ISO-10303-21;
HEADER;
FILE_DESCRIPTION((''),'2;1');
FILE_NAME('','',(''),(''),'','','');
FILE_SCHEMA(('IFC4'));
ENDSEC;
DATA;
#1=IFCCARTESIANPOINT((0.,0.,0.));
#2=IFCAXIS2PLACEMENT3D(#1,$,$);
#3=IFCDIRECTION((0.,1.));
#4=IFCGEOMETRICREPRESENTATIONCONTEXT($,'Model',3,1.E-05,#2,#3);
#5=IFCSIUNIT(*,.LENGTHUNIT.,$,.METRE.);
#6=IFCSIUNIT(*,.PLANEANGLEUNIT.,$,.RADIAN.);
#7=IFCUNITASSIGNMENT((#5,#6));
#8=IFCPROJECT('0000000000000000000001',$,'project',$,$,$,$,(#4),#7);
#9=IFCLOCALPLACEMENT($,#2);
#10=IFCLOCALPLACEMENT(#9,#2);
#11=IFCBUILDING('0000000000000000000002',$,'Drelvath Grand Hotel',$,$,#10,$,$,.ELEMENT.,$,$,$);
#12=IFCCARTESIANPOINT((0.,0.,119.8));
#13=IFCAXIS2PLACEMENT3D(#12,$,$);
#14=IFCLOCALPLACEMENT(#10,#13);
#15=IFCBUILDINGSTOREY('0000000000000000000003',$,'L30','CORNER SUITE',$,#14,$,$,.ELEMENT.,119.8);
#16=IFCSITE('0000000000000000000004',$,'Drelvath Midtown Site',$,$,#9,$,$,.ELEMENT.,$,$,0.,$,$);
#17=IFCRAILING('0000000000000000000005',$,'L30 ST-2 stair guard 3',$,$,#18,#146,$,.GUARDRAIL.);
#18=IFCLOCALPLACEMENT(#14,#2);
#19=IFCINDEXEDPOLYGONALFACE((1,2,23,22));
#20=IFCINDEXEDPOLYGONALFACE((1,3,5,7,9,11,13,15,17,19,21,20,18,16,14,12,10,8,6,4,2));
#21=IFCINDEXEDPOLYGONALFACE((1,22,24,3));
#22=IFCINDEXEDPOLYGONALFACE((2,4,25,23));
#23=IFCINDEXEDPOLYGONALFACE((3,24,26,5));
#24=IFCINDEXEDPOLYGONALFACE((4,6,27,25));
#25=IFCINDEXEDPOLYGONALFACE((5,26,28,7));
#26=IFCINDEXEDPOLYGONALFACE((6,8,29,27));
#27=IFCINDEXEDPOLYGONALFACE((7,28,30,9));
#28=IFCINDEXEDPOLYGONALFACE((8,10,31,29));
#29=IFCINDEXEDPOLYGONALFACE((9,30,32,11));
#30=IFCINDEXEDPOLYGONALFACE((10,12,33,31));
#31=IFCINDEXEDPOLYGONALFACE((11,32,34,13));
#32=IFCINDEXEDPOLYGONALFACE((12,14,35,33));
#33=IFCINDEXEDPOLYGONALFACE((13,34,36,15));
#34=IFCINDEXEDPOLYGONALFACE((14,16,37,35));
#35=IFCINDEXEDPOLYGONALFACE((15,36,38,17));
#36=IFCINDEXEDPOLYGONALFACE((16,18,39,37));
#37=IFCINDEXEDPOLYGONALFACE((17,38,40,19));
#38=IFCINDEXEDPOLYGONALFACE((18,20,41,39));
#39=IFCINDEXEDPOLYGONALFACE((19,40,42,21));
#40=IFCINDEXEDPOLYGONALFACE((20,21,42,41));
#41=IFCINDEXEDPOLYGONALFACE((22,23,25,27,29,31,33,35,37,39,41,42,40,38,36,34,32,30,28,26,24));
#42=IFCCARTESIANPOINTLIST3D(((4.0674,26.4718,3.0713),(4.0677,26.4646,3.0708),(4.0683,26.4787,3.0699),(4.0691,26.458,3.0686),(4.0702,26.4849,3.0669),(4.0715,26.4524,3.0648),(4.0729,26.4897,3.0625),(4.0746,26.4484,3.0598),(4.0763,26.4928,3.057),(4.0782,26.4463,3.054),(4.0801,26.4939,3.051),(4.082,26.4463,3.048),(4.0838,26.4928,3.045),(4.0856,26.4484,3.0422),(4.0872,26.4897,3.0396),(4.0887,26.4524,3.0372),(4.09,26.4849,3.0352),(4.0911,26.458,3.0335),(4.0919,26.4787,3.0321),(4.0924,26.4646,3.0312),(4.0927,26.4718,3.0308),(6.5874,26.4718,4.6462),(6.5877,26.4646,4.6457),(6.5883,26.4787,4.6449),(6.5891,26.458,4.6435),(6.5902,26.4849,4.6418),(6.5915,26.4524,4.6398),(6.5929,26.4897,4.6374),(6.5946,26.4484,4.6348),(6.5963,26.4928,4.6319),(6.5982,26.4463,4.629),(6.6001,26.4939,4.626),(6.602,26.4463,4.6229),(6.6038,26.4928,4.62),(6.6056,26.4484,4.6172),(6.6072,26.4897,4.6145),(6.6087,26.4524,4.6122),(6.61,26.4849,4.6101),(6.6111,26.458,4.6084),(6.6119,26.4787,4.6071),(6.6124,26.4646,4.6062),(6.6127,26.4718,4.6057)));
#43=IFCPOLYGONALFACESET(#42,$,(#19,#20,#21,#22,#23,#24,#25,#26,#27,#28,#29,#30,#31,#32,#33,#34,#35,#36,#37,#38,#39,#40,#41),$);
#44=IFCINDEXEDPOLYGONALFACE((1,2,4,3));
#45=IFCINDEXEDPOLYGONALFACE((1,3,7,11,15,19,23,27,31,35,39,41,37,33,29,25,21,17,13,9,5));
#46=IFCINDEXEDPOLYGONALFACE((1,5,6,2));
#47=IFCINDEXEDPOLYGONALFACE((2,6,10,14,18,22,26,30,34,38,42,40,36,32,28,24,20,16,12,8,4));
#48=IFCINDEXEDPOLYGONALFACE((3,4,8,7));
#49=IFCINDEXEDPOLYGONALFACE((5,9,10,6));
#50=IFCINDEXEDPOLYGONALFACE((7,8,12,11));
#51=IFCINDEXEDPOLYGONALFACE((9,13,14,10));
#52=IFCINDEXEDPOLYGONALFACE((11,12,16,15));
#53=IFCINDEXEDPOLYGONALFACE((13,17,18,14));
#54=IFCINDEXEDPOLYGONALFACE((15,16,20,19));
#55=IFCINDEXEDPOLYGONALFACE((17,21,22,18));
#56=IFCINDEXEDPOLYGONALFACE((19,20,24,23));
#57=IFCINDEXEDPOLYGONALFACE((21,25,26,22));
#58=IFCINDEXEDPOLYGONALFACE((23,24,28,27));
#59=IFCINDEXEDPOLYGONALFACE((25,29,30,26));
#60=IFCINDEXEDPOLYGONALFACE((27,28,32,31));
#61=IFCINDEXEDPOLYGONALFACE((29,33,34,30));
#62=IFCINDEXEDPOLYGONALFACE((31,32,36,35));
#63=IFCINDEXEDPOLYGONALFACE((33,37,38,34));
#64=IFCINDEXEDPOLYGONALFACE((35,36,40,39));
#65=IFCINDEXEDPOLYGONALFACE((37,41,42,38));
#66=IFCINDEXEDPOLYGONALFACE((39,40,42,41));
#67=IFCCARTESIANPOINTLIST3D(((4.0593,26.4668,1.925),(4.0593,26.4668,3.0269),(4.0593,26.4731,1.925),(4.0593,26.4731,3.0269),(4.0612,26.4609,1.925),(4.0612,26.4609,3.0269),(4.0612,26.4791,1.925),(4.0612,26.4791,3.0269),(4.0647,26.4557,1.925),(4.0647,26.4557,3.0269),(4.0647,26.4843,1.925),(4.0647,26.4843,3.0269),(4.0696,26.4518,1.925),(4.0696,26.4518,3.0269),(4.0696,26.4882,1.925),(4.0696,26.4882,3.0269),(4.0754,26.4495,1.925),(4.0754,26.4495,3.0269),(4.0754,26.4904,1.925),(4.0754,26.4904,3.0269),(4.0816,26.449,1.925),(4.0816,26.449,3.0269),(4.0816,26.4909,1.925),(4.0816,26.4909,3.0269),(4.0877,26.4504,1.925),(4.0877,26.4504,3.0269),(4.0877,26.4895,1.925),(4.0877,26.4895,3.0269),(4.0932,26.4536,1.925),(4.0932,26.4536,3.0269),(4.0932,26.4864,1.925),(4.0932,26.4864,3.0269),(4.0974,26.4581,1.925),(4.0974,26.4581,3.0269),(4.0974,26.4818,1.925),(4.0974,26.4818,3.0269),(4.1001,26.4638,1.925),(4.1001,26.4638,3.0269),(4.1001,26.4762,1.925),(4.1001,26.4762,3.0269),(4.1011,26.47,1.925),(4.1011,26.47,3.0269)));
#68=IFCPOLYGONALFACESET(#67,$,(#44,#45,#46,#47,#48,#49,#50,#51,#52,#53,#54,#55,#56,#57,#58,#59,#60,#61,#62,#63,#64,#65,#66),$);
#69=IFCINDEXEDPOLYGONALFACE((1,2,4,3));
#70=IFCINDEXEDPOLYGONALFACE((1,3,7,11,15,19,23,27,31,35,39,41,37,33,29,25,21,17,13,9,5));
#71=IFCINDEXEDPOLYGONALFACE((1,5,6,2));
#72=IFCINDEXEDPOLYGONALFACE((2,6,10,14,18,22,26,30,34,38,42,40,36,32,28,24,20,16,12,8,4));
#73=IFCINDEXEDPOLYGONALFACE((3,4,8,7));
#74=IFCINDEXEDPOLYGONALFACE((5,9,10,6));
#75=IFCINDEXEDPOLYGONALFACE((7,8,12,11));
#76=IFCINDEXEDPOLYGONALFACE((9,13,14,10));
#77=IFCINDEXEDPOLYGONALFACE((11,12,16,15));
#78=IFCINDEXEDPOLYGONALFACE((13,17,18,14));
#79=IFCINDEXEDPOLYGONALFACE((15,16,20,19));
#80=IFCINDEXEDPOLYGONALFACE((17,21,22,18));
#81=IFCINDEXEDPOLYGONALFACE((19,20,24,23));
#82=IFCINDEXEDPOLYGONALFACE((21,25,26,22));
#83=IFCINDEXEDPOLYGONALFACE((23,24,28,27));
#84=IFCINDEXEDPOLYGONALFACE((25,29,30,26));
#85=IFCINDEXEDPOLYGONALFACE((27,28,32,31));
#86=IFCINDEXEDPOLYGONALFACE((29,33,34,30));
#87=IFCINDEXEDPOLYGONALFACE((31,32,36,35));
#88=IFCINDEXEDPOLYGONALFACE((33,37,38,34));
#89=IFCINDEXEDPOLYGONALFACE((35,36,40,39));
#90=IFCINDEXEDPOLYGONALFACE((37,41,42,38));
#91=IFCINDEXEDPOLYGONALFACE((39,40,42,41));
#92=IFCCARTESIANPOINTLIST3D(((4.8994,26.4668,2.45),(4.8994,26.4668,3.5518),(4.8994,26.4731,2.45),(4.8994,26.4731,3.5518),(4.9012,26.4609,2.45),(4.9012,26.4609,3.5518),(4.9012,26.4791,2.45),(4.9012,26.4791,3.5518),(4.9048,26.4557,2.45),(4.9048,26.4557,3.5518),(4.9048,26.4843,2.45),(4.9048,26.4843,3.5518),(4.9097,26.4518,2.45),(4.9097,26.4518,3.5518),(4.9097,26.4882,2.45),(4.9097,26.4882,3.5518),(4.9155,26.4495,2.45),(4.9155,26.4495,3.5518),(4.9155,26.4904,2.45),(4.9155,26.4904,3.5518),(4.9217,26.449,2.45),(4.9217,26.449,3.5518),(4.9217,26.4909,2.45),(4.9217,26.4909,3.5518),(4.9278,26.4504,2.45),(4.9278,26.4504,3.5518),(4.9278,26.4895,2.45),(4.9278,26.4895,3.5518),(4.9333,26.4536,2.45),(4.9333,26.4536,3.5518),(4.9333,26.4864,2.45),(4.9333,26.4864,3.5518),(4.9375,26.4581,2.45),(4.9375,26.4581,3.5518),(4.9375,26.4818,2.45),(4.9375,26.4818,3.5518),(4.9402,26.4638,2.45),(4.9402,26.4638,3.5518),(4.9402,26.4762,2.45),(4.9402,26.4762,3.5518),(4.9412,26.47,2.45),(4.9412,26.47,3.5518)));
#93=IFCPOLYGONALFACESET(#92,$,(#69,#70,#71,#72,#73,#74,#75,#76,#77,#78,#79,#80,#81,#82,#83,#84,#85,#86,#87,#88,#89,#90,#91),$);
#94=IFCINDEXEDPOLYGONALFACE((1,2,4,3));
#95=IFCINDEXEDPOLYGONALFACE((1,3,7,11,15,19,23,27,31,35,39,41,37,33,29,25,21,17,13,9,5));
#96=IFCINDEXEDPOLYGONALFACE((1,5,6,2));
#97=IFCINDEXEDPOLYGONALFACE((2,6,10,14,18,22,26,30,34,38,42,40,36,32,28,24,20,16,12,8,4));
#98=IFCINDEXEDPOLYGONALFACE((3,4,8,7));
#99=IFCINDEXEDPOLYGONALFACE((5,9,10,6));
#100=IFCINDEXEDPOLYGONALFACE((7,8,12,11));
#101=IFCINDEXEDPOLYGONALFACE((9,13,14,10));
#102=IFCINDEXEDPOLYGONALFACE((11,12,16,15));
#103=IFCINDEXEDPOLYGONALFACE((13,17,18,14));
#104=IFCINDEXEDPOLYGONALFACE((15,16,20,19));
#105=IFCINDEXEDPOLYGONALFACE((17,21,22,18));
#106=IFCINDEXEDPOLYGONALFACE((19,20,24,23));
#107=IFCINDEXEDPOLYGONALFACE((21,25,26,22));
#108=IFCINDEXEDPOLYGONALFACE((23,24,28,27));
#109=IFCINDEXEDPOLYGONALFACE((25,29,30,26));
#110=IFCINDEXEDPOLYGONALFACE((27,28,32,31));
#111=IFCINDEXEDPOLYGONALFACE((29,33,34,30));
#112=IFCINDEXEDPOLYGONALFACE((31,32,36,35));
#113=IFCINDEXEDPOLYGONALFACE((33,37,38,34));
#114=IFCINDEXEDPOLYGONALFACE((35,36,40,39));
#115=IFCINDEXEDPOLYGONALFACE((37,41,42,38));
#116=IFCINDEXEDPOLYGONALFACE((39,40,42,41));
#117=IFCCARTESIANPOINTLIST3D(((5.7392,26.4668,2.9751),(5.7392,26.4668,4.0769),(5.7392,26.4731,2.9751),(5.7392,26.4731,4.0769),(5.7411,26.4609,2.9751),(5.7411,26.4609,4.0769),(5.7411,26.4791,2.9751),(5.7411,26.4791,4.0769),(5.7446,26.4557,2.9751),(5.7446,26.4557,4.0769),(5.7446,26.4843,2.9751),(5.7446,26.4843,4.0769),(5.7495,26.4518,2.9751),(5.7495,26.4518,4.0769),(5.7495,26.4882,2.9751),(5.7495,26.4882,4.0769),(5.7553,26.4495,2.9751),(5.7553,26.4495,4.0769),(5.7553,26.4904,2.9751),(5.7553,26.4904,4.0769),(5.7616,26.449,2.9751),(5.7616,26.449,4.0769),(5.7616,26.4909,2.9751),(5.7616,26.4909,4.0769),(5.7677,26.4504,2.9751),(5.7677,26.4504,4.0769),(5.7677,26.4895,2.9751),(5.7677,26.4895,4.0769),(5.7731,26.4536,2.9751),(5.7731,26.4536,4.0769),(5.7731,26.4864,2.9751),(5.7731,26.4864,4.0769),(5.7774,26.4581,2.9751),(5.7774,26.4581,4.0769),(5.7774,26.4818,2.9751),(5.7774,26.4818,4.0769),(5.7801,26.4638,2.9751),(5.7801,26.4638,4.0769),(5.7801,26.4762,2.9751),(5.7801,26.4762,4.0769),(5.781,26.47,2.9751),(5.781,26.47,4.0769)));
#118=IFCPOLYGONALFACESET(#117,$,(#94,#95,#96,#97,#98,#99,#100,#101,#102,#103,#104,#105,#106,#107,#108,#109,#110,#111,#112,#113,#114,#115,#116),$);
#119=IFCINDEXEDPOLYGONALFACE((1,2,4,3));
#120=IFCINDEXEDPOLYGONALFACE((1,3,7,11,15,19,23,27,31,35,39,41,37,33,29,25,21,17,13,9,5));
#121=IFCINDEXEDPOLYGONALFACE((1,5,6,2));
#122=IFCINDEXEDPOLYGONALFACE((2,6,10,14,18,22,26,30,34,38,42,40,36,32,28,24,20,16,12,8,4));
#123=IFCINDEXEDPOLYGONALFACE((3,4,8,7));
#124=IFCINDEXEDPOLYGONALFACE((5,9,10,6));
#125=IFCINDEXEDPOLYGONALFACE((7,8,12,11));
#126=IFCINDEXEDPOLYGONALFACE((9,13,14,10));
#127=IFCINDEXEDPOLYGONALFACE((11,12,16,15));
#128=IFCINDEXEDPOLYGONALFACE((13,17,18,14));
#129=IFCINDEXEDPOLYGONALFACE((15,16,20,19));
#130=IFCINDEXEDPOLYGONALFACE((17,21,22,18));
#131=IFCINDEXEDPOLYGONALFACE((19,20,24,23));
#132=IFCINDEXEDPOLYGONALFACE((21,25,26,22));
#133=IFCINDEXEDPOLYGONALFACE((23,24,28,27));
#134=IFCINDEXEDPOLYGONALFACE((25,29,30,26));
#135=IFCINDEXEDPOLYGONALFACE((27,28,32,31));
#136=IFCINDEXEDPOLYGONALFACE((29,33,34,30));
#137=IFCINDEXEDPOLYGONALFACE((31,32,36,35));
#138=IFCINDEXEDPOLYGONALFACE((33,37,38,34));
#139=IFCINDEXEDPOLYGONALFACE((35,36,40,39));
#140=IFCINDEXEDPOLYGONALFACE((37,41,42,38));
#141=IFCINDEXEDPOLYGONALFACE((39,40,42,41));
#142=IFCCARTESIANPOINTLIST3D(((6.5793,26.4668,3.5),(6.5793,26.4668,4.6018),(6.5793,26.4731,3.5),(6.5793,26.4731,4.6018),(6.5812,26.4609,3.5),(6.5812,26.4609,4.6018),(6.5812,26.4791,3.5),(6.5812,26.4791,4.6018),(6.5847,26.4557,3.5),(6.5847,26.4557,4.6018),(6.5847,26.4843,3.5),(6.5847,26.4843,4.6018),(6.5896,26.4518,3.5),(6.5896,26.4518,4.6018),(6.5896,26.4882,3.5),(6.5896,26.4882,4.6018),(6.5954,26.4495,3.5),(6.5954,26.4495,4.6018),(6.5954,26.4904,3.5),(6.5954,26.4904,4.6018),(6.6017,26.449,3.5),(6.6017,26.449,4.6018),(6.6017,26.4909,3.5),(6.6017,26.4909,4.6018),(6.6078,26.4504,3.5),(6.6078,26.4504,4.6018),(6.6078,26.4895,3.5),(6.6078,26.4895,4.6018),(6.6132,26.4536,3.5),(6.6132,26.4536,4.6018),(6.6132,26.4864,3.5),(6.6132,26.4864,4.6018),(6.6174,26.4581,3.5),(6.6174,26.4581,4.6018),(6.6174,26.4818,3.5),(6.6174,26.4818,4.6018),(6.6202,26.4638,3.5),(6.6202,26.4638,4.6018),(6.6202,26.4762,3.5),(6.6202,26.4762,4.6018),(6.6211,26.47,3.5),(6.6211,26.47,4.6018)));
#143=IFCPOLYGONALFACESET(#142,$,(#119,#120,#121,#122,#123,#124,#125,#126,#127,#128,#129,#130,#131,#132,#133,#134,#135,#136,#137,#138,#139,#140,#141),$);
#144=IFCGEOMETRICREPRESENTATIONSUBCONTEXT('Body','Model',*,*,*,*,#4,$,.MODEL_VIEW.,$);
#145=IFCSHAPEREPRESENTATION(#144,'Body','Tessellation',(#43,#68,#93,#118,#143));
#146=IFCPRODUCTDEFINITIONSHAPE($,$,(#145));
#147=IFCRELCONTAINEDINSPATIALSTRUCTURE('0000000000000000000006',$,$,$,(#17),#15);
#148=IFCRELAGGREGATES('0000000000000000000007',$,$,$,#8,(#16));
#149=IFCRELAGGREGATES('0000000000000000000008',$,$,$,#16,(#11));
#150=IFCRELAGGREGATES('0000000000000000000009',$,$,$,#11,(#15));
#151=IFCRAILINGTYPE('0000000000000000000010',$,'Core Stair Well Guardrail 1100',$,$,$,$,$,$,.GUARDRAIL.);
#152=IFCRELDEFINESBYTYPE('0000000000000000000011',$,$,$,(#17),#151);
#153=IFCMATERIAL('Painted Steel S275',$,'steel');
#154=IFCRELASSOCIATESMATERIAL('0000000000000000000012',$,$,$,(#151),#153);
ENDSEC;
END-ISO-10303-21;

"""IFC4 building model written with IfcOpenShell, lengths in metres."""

from ifc_helpers import new_model, si_unit, direction, frame, origin, origin_2d, place, context, subcontext, project, spatial, circle, extrude, material, type_object, element, save


model = new_model("IFC4")

# Units and contexts
model_context = context("Model", 3, precision=1e-05, world=origin(), true_north=direction((0.0, 1.0)))
body_context = subcontext(model_context, "Body", "Model", "MODEL_VIEW")
ifc_project = project(units=[si_unit("LENGTHUNIT", "METRE"), si_unit("PLANEANGLEUNIT", "RADIAN")], contexts=[model_context])

# Site, building, storey
site_placement = place(None, origin())
site = spatial("IfcSite", under=ifc_project, at=site_placement, Name="Drelvath Midtown Site", CompositionType="ELEMENT", RefElevation=0.0)
building_placement = place(site_placement, origin())
building = spatial("IfcBuilding", under=site, at=building_placement, Name="Drelvath Grand Hotel", CompositionType="ELEMENT")
storey_placement = place(building_placement, frame((0.0, 0.0, 119.8)))
storey = spatial("IfcBuildingStorey", under=building, at=storey_placement, Name="L30", Description="CORNER SUITE", CompositionType="ELEMENT", Elevation=119.8)

# Railing
ifc_material_1 = material(Name="Painted Steel S275", Category="steel")
railing_type_1 = type_object("IfcRailingType", Name="Core Stair Well Guardrail 1100", PredefinedType="GUARDRAIL", material=ifc_material_1)
railing_1_placement = place(storey_placement, frame((4.0801, 26.47, 1.925)))
element("IfcRailing", 1, at=railing_1_placement, inside=storey, type_object=railing_type_1, Name="L30 ST-2 stair guard 3", PredefinedType="GUARDRAIL", context=body_context, shape_type="SweptSolid", body=[
    extrude(circle(Radius=0.0239, at=origin_2d()), frame((0.0, 0.0, 1.126), z_axis=(0.848008, 0.0, 0.529984), x_axis=(0.0, 1.0, 0.0)), (0.0, 0.0, 1.0), 2.9717),
    extrude(circle(Radius=0.021, at=origin_2d()), origin(), (0.0, 0.0, 1.0), 1.1018),
    extrude(circle(Radius=0.021, at=origin_2d()), frame((0.8401, 0.0, 0.5249)), (0.0, 0.0, 1.0), 1.1018),
    extrude(circle(Radius=0.021, at=origin_2d()), frame((1.6799, 0.0, 1.05)), (0.0, 0.0, 1.0), 1.1018),
    extrude(circle(Radius=0.021, at=origin_2d()), frame((2.52, 0.0, 1.575)), (0.0, 0.0, 1.0), 1.1018),
])

save(model, "model.ifc")
